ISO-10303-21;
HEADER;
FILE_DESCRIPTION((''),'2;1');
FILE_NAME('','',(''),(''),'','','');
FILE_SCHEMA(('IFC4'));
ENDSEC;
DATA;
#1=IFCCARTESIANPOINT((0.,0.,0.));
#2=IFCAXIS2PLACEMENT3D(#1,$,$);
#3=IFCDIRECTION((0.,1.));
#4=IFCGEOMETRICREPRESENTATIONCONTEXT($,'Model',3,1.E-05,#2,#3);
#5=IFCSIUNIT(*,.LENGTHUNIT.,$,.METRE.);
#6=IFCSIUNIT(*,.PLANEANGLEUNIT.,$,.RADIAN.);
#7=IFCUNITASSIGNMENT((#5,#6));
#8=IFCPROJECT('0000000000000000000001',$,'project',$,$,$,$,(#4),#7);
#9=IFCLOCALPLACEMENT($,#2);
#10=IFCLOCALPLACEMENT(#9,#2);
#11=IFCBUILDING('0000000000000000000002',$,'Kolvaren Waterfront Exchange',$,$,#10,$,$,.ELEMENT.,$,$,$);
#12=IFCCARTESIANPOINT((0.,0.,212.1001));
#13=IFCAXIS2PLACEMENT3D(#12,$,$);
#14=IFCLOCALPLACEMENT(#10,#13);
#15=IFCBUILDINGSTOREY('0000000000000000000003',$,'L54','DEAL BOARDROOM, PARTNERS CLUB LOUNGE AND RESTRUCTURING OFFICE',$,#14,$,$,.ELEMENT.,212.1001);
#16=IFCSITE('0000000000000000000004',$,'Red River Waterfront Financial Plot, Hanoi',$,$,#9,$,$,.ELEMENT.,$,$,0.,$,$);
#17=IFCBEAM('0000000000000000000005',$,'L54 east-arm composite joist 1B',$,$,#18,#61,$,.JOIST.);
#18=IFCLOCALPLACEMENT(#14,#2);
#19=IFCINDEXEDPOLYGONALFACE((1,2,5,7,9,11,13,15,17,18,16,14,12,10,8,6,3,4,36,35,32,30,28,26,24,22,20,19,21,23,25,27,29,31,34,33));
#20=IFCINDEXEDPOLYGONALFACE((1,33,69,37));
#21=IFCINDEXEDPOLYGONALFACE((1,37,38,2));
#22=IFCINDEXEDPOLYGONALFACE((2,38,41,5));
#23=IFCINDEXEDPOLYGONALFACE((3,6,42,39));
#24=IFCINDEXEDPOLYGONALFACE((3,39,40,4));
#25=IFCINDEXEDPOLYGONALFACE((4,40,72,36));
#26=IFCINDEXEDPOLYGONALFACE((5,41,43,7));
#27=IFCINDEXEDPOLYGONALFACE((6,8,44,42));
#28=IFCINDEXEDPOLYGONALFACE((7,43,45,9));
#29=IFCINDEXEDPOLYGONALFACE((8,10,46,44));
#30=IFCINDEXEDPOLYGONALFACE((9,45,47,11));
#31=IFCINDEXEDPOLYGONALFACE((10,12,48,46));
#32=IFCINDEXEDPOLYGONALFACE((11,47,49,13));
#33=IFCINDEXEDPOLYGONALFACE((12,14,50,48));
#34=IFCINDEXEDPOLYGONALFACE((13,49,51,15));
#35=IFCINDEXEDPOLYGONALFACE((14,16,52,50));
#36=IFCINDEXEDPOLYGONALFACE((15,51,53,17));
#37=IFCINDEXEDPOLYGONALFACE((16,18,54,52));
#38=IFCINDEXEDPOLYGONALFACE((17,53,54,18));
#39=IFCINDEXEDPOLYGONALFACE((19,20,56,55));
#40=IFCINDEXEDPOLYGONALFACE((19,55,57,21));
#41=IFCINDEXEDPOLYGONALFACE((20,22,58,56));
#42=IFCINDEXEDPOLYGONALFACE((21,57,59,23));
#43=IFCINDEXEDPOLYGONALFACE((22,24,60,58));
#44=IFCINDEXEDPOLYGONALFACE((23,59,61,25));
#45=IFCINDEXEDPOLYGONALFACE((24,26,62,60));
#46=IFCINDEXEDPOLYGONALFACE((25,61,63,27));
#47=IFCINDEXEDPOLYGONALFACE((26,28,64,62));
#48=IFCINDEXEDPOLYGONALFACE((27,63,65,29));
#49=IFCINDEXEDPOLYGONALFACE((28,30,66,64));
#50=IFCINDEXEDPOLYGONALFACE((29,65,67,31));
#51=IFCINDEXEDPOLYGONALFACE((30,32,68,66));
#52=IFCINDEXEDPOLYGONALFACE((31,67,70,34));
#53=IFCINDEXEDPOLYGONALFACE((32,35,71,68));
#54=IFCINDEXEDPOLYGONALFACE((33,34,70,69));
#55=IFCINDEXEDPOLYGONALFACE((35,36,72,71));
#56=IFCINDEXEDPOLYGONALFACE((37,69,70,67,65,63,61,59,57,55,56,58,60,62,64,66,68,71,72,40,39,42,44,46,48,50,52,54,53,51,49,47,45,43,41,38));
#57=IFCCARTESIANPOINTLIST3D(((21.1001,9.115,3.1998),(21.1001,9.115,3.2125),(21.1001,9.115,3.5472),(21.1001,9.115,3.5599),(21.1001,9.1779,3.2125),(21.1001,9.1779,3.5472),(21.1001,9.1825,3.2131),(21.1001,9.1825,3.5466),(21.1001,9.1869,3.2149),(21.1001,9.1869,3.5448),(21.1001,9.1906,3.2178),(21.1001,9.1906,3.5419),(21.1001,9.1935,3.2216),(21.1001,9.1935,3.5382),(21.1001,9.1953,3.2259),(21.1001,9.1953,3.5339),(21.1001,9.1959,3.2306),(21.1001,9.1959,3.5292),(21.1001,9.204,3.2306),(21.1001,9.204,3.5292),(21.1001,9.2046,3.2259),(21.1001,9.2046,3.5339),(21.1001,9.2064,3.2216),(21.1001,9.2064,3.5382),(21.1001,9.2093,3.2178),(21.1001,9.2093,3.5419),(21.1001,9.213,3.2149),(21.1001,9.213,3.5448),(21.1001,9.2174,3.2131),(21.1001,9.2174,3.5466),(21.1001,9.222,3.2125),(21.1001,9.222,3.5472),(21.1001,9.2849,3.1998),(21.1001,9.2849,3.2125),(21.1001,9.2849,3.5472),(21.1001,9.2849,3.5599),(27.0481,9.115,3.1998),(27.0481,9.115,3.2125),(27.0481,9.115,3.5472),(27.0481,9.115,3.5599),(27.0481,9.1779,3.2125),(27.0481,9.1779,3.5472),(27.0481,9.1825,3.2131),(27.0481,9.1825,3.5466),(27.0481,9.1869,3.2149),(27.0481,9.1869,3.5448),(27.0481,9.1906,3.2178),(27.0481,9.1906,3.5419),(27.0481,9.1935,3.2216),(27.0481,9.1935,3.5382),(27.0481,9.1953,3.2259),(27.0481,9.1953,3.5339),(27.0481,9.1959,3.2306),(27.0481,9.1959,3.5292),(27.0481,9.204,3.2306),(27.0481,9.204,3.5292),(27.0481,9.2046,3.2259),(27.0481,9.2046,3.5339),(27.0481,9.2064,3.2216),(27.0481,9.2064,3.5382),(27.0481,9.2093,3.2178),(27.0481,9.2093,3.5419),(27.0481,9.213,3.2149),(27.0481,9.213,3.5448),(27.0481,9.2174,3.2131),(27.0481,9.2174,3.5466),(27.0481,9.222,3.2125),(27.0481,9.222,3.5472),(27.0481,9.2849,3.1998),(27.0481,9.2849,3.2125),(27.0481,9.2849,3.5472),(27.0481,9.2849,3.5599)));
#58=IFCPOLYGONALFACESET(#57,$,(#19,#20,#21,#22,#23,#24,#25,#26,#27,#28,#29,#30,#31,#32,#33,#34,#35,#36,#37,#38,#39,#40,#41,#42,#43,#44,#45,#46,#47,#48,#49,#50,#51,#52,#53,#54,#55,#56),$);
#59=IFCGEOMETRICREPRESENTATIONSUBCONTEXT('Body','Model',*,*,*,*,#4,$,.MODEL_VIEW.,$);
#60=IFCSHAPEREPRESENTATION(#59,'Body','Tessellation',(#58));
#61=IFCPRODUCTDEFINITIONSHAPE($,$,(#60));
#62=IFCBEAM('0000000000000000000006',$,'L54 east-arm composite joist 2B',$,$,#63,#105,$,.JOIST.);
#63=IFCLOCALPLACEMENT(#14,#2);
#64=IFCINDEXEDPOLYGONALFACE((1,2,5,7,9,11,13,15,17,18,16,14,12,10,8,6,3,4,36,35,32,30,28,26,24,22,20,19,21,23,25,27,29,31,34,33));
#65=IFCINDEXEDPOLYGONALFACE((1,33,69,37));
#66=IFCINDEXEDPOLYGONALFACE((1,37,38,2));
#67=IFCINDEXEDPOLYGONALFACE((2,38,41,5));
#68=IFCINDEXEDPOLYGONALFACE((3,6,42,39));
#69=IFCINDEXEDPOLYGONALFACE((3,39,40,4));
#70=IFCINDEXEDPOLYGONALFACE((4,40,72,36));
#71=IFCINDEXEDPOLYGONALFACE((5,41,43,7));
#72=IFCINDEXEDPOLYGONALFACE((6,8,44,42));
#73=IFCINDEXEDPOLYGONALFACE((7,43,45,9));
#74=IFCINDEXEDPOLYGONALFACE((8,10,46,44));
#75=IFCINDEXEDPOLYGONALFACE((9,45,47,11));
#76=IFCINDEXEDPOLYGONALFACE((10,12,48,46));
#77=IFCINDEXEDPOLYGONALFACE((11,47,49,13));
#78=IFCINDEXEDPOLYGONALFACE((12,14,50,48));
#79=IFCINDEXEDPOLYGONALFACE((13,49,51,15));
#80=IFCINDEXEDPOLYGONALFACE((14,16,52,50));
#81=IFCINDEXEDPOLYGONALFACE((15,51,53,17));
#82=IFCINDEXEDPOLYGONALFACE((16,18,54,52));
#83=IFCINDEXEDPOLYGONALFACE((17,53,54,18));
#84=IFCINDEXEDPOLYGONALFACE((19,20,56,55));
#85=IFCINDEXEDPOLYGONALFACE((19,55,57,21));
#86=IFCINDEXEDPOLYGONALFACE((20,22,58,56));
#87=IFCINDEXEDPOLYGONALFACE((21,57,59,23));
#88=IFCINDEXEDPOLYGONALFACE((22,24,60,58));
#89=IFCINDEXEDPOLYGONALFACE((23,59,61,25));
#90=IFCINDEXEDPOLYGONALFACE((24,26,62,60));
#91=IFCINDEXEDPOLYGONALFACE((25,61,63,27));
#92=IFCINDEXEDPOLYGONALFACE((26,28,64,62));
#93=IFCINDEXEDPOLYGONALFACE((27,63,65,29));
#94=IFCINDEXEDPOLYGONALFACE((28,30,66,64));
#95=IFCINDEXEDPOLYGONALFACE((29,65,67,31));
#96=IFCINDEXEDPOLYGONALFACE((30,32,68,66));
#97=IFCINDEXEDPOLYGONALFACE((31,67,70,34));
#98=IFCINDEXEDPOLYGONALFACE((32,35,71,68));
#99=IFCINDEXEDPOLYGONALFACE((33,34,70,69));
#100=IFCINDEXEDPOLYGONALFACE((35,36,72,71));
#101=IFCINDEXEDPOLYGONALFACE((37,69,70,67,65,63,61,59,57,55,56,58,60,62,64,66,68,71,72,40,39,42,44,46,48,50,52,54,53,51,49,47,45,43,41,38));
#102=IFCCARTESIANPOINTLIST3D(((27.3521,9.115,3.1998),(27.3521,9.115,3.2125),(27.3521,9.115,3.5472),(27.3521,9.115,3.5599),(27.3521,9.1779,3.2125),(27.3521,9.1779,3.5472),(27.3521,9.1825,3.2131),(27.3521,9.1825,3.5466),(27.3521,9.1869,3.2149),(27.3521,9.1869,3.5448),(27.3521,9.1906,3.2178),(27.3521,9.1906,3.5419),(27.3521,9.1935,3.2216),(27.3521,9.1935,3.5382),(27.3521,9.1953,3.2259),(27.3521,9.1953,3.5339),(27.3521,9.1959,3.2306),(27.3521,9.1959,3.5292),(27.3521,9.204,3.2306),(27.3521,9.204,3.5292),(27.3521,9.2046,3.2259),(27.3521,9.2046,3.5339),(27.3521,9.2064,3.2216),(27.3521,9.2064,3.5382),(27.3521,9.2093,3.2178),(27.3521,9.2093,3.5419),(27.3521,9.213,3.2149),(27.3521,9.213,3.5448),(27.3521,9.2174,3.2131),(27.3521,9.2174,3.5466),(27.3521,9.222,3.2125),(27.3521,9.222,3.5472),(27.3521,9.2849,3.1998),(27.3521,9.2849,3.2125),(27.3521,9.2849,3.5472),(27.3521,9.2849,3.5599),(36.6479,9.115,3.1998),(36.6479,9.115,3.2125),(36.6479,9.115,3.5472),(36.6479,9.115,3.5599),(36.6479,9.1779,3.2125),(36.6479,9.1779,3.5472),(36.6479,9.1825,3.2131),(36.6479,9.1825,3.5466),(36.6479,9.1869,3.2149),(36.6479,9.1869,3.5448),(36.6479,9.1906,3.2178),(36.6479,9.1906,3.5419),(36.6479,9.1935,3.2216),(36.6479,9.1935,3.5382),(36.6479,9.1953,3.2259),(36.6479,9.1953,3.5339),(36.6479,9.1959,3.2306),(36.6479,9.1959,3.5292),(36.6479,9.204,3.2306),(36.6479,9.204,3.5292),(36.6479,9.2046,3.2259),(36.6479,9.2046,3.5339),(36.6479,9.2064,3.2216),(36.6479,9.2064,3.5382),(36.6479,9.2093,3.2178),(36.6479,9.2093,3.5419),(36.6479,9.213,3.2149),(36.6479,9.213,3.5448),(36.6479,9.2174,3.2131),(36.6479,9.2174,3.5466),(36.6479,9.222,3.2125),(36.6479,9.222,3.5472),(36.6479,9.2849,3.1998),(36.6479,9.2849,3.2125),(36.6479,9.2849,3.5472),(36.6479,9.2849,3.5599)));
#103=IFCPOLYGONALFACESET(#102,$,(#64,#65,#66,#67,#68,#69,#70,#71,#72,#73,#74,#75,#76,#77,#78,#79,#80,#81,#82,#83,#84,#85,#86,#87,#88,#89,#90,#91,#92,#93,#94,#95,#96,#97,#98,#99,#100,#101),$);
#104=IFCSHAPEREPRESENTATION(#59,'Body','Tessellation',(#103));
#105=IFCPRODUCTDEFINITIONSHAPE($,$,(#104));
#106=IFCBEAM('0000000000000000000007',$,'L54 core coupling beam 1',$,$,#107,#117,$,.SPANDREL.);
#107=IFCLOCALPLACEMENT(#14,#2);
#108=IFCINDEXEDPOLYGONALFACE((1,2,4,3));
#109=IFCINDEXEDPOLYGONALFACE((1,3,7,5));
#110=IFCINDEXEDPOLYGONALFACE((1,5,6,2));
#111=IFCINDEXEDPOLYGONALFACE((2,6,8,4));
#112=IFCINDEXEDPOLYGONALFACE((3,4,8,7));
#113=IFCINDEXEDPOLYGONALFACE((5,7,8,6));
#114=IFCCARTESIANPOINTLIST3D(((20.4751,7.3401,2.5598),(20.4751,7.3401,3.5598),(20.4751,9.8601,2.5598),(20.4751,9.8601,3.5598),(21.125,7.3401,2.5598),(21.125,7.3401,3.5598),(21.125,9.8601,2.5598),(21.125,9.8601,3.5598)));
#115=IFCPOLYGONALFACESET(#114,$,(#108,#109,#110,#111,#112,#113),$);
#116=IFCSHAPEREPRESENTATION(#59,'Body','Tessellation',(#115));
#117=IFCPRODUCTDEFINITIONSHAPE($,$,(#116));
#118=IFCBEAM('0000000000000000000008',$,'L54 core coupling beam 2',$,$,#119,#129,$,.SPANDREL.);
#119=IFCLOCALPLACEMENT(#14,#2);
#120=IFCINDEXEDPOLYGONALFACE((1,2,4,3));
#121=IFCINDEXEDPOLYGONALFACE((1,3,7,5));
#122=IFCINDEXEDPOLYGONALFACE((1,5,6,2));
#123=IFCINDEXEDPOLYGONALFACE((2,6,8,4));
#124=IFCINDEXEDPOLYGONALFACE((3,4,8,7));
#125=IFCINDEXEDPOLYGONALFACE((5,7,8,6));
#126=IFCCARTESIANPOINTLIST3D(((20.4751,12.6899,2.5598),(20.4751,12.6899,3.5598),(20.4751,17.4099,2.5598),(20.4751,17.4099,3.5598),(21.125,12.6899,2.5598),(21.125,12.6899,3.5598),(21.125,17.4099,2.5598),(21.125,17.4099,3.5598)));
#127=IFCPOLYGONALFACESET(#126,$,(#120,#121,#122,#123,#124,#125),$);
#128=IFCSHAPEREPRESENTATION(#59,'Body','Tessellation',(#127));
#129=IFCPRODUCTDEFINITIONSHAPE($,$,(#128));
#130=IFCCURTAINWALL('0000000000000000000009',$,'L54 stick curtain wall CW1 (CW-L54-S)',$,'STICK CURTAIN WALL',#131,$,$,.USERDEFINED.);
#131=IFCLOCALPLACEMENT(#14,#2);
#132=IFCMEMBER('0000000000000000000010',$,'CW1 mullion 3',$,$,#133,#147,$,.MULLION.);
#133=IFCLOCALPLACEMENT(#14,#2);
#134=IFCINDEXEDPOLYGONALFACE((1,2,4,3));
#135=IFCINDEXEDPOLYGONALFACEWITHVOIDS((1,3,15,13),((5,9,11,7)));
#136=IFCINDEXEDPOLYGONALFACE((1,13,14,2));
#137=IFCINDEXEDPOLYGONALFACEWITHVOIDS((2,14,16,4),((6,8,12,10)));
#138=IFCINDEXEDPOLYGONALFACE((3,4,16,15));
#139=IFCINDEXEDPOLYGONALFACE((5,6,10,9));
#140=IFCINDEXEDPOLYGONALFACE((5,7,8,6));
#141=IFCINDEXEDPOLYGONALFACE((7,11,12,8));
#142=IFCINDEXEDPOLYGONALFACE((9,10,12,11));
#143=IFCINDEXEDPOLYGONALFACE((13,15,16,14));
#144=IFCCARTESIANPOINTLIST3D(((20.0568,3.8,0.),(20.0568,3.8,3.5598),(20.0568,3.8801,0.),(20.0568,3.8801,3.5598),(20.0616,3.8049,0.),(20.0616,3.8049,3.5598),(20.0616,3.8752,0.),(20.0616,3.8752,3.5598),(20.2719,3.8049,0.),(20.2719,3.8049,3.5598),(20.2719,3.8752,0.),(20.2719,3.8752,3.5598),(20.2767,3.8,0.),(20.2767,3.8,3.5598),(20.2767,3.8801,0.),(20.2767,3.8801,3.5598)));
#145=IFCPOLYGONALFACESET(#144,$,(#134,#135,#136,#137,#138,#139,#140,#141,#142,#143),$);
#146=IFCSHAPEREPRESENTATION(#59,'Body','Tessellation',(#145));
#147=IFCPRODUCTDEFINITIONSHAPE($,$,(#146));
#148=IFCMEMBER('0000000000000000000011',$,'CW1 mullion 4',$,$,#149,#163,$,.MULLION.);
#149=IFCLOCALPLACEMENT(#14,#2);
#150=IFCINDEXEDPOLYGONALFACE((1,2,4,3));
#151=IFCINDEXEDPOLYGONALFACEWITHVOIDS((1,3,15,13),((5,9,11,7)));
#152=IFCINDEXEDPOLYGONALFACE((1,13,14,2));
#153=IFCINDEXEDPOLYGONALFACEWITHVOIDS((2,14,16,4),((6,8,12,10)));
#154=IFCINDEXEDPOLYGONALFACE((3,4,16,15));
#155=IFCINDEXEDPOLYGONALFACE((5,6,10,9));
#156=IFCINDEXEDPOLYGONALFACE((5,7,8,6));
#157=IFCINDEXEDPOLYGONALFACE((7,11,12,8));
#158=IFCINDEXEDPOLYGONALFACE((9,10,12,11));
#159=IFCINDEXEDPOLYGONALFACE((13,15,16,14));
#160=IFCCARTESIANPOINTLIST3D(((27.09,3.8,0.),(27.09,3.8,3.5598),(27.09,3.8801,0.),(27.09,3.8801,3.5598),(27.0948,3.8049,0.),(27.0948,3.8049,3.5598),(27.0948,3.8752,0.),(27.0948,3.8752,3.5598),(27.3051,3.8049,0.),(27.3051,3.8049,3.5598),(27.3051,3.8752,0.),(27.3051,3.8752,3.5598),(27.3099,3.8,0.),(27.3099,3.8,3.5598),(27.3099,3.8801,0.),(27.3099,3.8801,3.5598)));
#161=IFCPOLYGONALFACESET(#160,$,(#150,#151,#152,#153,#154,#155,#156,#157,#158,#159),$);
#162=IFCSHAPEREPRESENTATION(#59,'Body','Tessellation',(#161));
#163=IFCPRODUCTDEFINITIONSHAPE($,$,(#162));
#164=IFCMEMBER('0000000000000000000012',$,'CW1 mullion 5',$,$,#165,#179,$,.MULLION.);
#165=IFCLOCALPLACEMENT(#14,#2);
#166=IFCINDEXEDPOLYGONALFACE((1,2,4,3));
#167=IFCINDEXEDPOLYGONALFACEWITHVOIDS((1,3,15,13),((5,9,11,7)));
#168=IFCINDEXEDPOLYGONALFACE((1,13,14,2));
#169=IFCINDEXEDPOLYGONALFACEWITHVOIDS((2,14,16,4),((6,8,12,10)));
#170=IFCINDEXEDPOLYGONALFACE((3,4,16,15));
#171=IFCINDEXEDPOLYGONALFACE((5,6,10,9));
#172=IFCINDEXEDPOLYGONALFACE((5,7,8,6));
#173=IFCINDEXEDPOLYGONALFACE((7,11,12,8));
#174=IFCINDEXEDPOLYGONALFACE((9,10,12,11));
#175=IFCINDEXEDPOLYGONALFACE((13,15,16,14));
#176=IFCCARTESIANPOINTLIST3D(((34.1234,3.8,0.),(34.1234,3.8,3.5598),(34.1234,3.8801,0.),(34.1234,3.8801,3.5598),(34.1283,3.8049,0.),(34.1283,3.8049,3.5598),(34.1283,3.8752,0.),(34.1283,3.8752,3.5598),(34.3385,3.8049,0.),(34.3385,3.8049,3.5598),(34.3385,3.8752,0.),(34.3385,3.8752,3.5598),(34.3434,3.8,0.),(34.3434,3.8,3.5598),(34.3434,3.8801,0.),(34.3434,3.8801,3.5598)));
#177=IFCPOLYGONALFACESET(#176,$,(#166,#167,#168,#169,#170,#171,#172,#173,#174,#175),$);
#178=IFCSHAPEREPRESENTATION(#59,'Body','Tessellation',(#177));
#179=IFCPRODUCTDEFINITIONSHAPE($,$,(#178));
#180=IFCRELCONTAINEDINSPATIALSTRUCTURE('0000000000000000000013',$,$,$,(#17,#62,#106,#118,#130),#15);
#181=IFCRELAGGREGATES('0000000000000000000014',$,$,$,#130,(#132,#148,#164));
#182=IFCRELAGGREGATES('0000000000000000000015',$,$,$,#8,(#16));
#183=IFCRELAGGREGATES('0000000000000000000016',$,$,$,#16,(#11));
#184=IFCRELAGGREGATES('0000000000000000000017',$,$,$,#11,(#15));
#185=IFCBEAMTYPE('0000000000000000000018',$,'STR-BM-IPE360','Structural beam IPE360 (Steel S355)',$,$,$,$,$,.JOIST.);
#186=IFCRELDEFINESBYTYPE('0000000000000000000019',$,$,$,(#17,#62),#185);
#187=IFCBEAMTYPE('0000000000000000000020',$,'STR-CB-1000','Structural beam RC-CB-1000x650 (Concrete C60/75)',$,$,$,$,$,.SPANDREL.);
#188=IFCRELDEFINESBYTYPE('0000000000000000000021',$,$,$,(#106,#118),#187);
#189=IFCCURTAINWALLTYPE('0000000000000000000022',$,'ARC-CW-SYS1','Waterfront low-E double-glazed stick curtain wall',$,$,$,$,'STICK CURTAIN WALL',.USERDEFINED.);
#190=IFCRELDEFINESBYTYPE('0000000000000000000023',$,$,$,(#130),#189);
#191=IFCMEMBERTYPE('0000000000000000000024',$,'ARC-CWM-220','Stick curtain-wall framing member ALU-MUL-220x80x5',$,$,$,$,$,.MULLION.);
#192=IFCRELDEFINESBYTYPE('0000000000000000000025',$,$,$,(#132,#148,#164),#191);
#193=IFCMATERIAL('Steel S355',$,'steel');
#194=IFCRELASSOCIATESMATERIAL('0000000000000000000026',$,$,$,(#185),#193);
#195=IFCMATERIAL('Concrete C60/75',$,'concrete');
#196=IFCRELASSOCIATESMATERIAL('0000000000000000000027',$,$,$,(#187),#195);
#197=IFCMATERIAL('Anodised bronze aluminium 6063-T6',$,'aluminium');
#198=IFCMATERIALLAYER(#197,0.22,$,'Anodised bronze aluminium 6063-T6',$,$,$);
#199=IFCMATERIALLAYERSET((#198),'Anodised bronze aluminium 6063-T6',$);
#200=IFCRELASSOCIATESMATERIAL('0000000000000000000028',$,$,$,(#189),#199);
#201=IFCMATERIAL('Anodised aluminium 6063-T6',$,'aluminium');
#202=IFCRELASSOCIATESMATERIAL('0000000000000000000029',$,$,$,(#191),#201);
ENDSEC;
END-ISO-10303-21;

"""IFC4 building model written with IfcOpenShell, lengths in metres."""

from ifc_helpers import new_model, si_unit, direction, frame, origin, origin_with_axes, origin_2d, place, context, subcontext, project, spatial, rectangle, hollow_rectangle, i_section, extrude, source, transform, mapped, material, layer, layer_set, material_profile, profile_set, type_object, element, aggregate, save


model = new_model("IFC4")

# Units and contexts
model_context = context("Model", 3, precision=1e-05, world=origin(), true_north=direction((0.0, 1.0)))
body_context = subcontext(model_context, "Body", "Model", "MODEL_VIEW")
ifc_project = project(units=[si_unit("LENGTHUNIT", "METRE"), si_unit("PLANEANGLEUNIT", "RADIAN")], contexts=[model_context])

# Site, building, storey
site_placement = place(None, origin())
site = spatial("IfcSite", under=ifc_project, at=site_placement, Name="Red River Waterfront Financial Plot, Hanoi", CompositionType="ELEMENT", RefElevation=0.0)
building_placement = place(site_placement, origin())
building = spatial("IfcBuilding", under=site, at=building_placement, Name="Kolvaren Waterfront Exchange", CompositionType="ELEMENT")
storey_placement = place(building_placement, frame((0.0, 0.0, 212.1001)))
storey = spatial("IfcBuildingStorey", under=building, at=storey_placement, Name="L54", Description="DEAL BOARDROOM, PARTNERS CLUB LOUNGE AND RESTRUCTURING OFFICE", CompositionType="ELEMENT", Elevation=212.1001)

# Beams
ifc_material_1 = material(Name="Steel S355", Category="steel")
ifc_material_profile_1 = material_profile(ifc_material_1, i_section(OverallWidth=0.1699, OverallDepth=0.3601, WebThickness=0.0081, FlangeThickness=0.0127, FilletRadius=0.0181, at=origin_2d()), Name="IPE360")
ifc_profile_set_1 = profile_set([ifc_material_profile_1], Name="Steel S355")
beam_type_1 = type_object("IfcBeamType", Name="STR-BM-IPE360", Description="Structural beam IPE360 (Steel S355)", PredefinedType="JOIST", material=ifc_profile_set_1)
beam_1_placement = place(storey_placement, frame((21.1001, 9.2, 3.3799), z_axis=(1.0, 0.0, 0.0), x_axis=(0.0, 1.0, 0.0)))
element("IfcBeam", 1, at=beam_1_placement, inside=storey, type_object=beam_type_1, Name="L54 east-arm composite joist 1B", PredefinedType="JOIST", context=body_context, shape_type="SweptSolid", body=[
    extrude(i_section(OverallWidth=0.1699, OverallDepth=0.3601, WebThickness=0.0081, FlangeThickness=0.0127, FilletRadius=0.0181, at=origin_2d()), origin(), (0.0, 0.0, 1.0), 5.948),
])
beam_2_placement = place(storey_placement, frame((27.3521, 9.2, 3.3799), z_axis=(1.0, 0.0, 0.0), x_axis=(0.0, 1.0, 0.0)))
element("IfcBeam", 2, at=beam_2_placement, inside=storey, type_object=beam_type_1, Name="L54 east-arm composite joist 2B", PredefinedType="JOIST", context=body_context, shape_type="SweptSolid", body=[
    extrude(i_section(OverallWidth=0.1699, OverallDepth=0.3601, WebThickness=0.0081, FlangeThickness=0.0127, FilletRadius=0.0181, at=origin_2d()), origin(), (0.0, 0.0, 1.0), 9.2959),
])
ifc_material_2 = material(Name="Concrete C60/75", Category="concrete")
ifc_material_profile_2 = material_profile(ifc_material_2, rectangle(XDim=0.6499, YDim=1.0, at=origin_2d()), Name="RC-CB-1000x650")
ifc_profile_set_2 = profile_set([ifc_material_profile_2], Name="Concrete C60/75")
beam_type_2 = type_object("IfcBeamType", Name="STR-CB-1000", Description="Structural beam RC-CB-1000x650 (Concrete C60/75)", PredefinedType="SPANDREL", material=ifc_profile_set_2)
beam_3_placement = place(storey_placement, frame((20.8, 7.3401, 3.0598), z_axis=(0.0, 1.0, 0.0), x_axis=(-1.0, 0.0, 0.0)))
element("IfcBeam", 3, at=beam_3_placement, inside=storey, type_object=beam_type_2, Name="L54 core coupling beam 1", PredefinedType="SPANDREL", context=body_context, shape_type="SweptSolid", body=[
    extrude(rectangle(XDim=0.6499, YDim=1.0, at=origin_2d()), origin(), (0.0, 0.0, 1.0), 2.52),
])
beam_4_placement = place(storey_placement, frame((20.8, 12.6899, 3.0598), z_axis=(0.0, 1.0, 0.0), x_axis=(-1.0, 0.0, 0.0)))
element("IfcBeam", 4, at=beam_4_placement, inside=storey, type_object=beam_type_2, Name="L54 core coupling beam 2", PredefinedType="SPANDREL", context=body_context, shape_type="SweptSolid", body=[
    extrude(rectangle(XDim=0.6499, YDim=1.0, at=origin_2d()), origin(), (0.0, 0.0, 1.0), 4.72),
])

# Curtain wall, members
ifc_material_3 = material(Name="Anodised bronze aluminium 6063-T6", Category="aluminium")
ifc_layer_1 = layer(ifc_material_3, 0.22, Name="Anodised bronze aluminium 6063-T6")
ifc_layer_set_1 = layer_set([ifc_layer_1], Name="Anodised bronze aluminium 6063-T6")
curtain_wall_type = type_object("IfcCurtainWallType", Name="ARC-CW-SYS1", Description="Waterfront low-E double-glazed stick curtain wall", ElementType="STICK CURTAIN WALL", PredefinedType="USERDEFINED", material=ifc_layer_set_1)
curtain_wall_placement = place(storey_placement, origin())
curtain_wall = element("IfcCurtainWall", 5, at=curtain_wall_placement, inside=storey, type_object=curtain_wall_type, Name="L54 stick curtain wall CW1 (CW-L54-S)", ObjectType="STICK CURTAIN WALL", PredefinedType="USERDEFINED")
ifc_material_4 = material(Name="Anodised aluminium 6063-T6", Category="aluminium")
ifc_material_profile_3 = material_profile(ifc_material_4, hollow_rectangle(XDim=0.0801, YDim=0.22, WallThickness=0.0049, at=origin_2d()), Name="ALU-MUL-220x80x5")
ifc_profile_set_3 = profile_set([ifc_material_profile_3], Name="Anodised aluminium 6063-T6")
member_type_1 = type_object("IfcMemberType", Name="ARC-CWM-220", Description="Stick curtain-wall framing member ALU-MUL-220x80x5", PredefinedType="MULLION", material=ifc_profile_set_3)
shared_shape_1 = source(origin_with_axes(), body_context, "Body", "SweptSolid", [
    extrude(hollow_rectangle(XDim=0.0801, YDim=0.22, WallThickness=0.0049, at=origin_2d()), origin(), (0.0, 0.0, 1.0), 3.5598),
])
member_1_placement = place(storey_placement, frame((20.1667, 3.8401, 0.0), z_axis=(0.0, 0.0, 1.0), x_axis=(0.0, 1.0, 0.0)))
member_1 = element("IfcMember", 6, at=member_1_placement, type_object=member_type_1, Name="CW1 mullion 3", PredefinedType="MULLION", context=body_context, shape_type="MappedRepresentation", body=[
    mapped(shared_shape_1, transform((0.0, 0.0, 0.0), x_axis=(1.0, 0.0, 0.0), y_axis=(0.0, 1.0, 0.0), z_axis=(0.0, 0.0, 1.0), scale=1.0)),
])
member_2_placement = place(storey_placement, frame((27.2, 3.8401, 0.0), z_axis=(0.0, 0.0, 1.0), x_axis=(0.0, 1.0, 0.0)))
member_2 = element("IfcMember", 7, at=member_2_placement, type_object=member_type_1, Name="CW1 mullion 4", PredefinedType="MULLION", context=body_context, shape_type="MappedRepresentation", body=[
    mapped(shared_shape_1, transform((0.0, 0.0, 0.0), x_axis=(1.0, 0.0, 0.0), y_axis=(0.0, 1.0, 0.0), z_axis=(0.0, 0.0, 1.0), scale=1.0)),
])
member_3_placement = place(storey_placement, frame((34.2334, 3.8401, 0.0), z_axis=(0.0, 0.0, 1.0), x_axis=(0.0, 1.0, 0.0)))
member_3 = element("IfcMember", 8, at=member_3_placement, type_object=member_type_1, Name="CW1 mullion 5", PredefinedType="MULLION", context=body_context, shape_type="MappedRepresentation", body=[
    mapped(shared_shape_1, transform((0.0, 0.0, 0.0), x_axis=(1.0, 0.0, 0.0), y_axis=(0.0, 1.0, 0.0), z_axis=(0.0, 0.0, 1.0), scale=1.0)),
])
aggregate(curtain_wall, [member_1, member_2, member_3])

save(model, "model.ifc")
